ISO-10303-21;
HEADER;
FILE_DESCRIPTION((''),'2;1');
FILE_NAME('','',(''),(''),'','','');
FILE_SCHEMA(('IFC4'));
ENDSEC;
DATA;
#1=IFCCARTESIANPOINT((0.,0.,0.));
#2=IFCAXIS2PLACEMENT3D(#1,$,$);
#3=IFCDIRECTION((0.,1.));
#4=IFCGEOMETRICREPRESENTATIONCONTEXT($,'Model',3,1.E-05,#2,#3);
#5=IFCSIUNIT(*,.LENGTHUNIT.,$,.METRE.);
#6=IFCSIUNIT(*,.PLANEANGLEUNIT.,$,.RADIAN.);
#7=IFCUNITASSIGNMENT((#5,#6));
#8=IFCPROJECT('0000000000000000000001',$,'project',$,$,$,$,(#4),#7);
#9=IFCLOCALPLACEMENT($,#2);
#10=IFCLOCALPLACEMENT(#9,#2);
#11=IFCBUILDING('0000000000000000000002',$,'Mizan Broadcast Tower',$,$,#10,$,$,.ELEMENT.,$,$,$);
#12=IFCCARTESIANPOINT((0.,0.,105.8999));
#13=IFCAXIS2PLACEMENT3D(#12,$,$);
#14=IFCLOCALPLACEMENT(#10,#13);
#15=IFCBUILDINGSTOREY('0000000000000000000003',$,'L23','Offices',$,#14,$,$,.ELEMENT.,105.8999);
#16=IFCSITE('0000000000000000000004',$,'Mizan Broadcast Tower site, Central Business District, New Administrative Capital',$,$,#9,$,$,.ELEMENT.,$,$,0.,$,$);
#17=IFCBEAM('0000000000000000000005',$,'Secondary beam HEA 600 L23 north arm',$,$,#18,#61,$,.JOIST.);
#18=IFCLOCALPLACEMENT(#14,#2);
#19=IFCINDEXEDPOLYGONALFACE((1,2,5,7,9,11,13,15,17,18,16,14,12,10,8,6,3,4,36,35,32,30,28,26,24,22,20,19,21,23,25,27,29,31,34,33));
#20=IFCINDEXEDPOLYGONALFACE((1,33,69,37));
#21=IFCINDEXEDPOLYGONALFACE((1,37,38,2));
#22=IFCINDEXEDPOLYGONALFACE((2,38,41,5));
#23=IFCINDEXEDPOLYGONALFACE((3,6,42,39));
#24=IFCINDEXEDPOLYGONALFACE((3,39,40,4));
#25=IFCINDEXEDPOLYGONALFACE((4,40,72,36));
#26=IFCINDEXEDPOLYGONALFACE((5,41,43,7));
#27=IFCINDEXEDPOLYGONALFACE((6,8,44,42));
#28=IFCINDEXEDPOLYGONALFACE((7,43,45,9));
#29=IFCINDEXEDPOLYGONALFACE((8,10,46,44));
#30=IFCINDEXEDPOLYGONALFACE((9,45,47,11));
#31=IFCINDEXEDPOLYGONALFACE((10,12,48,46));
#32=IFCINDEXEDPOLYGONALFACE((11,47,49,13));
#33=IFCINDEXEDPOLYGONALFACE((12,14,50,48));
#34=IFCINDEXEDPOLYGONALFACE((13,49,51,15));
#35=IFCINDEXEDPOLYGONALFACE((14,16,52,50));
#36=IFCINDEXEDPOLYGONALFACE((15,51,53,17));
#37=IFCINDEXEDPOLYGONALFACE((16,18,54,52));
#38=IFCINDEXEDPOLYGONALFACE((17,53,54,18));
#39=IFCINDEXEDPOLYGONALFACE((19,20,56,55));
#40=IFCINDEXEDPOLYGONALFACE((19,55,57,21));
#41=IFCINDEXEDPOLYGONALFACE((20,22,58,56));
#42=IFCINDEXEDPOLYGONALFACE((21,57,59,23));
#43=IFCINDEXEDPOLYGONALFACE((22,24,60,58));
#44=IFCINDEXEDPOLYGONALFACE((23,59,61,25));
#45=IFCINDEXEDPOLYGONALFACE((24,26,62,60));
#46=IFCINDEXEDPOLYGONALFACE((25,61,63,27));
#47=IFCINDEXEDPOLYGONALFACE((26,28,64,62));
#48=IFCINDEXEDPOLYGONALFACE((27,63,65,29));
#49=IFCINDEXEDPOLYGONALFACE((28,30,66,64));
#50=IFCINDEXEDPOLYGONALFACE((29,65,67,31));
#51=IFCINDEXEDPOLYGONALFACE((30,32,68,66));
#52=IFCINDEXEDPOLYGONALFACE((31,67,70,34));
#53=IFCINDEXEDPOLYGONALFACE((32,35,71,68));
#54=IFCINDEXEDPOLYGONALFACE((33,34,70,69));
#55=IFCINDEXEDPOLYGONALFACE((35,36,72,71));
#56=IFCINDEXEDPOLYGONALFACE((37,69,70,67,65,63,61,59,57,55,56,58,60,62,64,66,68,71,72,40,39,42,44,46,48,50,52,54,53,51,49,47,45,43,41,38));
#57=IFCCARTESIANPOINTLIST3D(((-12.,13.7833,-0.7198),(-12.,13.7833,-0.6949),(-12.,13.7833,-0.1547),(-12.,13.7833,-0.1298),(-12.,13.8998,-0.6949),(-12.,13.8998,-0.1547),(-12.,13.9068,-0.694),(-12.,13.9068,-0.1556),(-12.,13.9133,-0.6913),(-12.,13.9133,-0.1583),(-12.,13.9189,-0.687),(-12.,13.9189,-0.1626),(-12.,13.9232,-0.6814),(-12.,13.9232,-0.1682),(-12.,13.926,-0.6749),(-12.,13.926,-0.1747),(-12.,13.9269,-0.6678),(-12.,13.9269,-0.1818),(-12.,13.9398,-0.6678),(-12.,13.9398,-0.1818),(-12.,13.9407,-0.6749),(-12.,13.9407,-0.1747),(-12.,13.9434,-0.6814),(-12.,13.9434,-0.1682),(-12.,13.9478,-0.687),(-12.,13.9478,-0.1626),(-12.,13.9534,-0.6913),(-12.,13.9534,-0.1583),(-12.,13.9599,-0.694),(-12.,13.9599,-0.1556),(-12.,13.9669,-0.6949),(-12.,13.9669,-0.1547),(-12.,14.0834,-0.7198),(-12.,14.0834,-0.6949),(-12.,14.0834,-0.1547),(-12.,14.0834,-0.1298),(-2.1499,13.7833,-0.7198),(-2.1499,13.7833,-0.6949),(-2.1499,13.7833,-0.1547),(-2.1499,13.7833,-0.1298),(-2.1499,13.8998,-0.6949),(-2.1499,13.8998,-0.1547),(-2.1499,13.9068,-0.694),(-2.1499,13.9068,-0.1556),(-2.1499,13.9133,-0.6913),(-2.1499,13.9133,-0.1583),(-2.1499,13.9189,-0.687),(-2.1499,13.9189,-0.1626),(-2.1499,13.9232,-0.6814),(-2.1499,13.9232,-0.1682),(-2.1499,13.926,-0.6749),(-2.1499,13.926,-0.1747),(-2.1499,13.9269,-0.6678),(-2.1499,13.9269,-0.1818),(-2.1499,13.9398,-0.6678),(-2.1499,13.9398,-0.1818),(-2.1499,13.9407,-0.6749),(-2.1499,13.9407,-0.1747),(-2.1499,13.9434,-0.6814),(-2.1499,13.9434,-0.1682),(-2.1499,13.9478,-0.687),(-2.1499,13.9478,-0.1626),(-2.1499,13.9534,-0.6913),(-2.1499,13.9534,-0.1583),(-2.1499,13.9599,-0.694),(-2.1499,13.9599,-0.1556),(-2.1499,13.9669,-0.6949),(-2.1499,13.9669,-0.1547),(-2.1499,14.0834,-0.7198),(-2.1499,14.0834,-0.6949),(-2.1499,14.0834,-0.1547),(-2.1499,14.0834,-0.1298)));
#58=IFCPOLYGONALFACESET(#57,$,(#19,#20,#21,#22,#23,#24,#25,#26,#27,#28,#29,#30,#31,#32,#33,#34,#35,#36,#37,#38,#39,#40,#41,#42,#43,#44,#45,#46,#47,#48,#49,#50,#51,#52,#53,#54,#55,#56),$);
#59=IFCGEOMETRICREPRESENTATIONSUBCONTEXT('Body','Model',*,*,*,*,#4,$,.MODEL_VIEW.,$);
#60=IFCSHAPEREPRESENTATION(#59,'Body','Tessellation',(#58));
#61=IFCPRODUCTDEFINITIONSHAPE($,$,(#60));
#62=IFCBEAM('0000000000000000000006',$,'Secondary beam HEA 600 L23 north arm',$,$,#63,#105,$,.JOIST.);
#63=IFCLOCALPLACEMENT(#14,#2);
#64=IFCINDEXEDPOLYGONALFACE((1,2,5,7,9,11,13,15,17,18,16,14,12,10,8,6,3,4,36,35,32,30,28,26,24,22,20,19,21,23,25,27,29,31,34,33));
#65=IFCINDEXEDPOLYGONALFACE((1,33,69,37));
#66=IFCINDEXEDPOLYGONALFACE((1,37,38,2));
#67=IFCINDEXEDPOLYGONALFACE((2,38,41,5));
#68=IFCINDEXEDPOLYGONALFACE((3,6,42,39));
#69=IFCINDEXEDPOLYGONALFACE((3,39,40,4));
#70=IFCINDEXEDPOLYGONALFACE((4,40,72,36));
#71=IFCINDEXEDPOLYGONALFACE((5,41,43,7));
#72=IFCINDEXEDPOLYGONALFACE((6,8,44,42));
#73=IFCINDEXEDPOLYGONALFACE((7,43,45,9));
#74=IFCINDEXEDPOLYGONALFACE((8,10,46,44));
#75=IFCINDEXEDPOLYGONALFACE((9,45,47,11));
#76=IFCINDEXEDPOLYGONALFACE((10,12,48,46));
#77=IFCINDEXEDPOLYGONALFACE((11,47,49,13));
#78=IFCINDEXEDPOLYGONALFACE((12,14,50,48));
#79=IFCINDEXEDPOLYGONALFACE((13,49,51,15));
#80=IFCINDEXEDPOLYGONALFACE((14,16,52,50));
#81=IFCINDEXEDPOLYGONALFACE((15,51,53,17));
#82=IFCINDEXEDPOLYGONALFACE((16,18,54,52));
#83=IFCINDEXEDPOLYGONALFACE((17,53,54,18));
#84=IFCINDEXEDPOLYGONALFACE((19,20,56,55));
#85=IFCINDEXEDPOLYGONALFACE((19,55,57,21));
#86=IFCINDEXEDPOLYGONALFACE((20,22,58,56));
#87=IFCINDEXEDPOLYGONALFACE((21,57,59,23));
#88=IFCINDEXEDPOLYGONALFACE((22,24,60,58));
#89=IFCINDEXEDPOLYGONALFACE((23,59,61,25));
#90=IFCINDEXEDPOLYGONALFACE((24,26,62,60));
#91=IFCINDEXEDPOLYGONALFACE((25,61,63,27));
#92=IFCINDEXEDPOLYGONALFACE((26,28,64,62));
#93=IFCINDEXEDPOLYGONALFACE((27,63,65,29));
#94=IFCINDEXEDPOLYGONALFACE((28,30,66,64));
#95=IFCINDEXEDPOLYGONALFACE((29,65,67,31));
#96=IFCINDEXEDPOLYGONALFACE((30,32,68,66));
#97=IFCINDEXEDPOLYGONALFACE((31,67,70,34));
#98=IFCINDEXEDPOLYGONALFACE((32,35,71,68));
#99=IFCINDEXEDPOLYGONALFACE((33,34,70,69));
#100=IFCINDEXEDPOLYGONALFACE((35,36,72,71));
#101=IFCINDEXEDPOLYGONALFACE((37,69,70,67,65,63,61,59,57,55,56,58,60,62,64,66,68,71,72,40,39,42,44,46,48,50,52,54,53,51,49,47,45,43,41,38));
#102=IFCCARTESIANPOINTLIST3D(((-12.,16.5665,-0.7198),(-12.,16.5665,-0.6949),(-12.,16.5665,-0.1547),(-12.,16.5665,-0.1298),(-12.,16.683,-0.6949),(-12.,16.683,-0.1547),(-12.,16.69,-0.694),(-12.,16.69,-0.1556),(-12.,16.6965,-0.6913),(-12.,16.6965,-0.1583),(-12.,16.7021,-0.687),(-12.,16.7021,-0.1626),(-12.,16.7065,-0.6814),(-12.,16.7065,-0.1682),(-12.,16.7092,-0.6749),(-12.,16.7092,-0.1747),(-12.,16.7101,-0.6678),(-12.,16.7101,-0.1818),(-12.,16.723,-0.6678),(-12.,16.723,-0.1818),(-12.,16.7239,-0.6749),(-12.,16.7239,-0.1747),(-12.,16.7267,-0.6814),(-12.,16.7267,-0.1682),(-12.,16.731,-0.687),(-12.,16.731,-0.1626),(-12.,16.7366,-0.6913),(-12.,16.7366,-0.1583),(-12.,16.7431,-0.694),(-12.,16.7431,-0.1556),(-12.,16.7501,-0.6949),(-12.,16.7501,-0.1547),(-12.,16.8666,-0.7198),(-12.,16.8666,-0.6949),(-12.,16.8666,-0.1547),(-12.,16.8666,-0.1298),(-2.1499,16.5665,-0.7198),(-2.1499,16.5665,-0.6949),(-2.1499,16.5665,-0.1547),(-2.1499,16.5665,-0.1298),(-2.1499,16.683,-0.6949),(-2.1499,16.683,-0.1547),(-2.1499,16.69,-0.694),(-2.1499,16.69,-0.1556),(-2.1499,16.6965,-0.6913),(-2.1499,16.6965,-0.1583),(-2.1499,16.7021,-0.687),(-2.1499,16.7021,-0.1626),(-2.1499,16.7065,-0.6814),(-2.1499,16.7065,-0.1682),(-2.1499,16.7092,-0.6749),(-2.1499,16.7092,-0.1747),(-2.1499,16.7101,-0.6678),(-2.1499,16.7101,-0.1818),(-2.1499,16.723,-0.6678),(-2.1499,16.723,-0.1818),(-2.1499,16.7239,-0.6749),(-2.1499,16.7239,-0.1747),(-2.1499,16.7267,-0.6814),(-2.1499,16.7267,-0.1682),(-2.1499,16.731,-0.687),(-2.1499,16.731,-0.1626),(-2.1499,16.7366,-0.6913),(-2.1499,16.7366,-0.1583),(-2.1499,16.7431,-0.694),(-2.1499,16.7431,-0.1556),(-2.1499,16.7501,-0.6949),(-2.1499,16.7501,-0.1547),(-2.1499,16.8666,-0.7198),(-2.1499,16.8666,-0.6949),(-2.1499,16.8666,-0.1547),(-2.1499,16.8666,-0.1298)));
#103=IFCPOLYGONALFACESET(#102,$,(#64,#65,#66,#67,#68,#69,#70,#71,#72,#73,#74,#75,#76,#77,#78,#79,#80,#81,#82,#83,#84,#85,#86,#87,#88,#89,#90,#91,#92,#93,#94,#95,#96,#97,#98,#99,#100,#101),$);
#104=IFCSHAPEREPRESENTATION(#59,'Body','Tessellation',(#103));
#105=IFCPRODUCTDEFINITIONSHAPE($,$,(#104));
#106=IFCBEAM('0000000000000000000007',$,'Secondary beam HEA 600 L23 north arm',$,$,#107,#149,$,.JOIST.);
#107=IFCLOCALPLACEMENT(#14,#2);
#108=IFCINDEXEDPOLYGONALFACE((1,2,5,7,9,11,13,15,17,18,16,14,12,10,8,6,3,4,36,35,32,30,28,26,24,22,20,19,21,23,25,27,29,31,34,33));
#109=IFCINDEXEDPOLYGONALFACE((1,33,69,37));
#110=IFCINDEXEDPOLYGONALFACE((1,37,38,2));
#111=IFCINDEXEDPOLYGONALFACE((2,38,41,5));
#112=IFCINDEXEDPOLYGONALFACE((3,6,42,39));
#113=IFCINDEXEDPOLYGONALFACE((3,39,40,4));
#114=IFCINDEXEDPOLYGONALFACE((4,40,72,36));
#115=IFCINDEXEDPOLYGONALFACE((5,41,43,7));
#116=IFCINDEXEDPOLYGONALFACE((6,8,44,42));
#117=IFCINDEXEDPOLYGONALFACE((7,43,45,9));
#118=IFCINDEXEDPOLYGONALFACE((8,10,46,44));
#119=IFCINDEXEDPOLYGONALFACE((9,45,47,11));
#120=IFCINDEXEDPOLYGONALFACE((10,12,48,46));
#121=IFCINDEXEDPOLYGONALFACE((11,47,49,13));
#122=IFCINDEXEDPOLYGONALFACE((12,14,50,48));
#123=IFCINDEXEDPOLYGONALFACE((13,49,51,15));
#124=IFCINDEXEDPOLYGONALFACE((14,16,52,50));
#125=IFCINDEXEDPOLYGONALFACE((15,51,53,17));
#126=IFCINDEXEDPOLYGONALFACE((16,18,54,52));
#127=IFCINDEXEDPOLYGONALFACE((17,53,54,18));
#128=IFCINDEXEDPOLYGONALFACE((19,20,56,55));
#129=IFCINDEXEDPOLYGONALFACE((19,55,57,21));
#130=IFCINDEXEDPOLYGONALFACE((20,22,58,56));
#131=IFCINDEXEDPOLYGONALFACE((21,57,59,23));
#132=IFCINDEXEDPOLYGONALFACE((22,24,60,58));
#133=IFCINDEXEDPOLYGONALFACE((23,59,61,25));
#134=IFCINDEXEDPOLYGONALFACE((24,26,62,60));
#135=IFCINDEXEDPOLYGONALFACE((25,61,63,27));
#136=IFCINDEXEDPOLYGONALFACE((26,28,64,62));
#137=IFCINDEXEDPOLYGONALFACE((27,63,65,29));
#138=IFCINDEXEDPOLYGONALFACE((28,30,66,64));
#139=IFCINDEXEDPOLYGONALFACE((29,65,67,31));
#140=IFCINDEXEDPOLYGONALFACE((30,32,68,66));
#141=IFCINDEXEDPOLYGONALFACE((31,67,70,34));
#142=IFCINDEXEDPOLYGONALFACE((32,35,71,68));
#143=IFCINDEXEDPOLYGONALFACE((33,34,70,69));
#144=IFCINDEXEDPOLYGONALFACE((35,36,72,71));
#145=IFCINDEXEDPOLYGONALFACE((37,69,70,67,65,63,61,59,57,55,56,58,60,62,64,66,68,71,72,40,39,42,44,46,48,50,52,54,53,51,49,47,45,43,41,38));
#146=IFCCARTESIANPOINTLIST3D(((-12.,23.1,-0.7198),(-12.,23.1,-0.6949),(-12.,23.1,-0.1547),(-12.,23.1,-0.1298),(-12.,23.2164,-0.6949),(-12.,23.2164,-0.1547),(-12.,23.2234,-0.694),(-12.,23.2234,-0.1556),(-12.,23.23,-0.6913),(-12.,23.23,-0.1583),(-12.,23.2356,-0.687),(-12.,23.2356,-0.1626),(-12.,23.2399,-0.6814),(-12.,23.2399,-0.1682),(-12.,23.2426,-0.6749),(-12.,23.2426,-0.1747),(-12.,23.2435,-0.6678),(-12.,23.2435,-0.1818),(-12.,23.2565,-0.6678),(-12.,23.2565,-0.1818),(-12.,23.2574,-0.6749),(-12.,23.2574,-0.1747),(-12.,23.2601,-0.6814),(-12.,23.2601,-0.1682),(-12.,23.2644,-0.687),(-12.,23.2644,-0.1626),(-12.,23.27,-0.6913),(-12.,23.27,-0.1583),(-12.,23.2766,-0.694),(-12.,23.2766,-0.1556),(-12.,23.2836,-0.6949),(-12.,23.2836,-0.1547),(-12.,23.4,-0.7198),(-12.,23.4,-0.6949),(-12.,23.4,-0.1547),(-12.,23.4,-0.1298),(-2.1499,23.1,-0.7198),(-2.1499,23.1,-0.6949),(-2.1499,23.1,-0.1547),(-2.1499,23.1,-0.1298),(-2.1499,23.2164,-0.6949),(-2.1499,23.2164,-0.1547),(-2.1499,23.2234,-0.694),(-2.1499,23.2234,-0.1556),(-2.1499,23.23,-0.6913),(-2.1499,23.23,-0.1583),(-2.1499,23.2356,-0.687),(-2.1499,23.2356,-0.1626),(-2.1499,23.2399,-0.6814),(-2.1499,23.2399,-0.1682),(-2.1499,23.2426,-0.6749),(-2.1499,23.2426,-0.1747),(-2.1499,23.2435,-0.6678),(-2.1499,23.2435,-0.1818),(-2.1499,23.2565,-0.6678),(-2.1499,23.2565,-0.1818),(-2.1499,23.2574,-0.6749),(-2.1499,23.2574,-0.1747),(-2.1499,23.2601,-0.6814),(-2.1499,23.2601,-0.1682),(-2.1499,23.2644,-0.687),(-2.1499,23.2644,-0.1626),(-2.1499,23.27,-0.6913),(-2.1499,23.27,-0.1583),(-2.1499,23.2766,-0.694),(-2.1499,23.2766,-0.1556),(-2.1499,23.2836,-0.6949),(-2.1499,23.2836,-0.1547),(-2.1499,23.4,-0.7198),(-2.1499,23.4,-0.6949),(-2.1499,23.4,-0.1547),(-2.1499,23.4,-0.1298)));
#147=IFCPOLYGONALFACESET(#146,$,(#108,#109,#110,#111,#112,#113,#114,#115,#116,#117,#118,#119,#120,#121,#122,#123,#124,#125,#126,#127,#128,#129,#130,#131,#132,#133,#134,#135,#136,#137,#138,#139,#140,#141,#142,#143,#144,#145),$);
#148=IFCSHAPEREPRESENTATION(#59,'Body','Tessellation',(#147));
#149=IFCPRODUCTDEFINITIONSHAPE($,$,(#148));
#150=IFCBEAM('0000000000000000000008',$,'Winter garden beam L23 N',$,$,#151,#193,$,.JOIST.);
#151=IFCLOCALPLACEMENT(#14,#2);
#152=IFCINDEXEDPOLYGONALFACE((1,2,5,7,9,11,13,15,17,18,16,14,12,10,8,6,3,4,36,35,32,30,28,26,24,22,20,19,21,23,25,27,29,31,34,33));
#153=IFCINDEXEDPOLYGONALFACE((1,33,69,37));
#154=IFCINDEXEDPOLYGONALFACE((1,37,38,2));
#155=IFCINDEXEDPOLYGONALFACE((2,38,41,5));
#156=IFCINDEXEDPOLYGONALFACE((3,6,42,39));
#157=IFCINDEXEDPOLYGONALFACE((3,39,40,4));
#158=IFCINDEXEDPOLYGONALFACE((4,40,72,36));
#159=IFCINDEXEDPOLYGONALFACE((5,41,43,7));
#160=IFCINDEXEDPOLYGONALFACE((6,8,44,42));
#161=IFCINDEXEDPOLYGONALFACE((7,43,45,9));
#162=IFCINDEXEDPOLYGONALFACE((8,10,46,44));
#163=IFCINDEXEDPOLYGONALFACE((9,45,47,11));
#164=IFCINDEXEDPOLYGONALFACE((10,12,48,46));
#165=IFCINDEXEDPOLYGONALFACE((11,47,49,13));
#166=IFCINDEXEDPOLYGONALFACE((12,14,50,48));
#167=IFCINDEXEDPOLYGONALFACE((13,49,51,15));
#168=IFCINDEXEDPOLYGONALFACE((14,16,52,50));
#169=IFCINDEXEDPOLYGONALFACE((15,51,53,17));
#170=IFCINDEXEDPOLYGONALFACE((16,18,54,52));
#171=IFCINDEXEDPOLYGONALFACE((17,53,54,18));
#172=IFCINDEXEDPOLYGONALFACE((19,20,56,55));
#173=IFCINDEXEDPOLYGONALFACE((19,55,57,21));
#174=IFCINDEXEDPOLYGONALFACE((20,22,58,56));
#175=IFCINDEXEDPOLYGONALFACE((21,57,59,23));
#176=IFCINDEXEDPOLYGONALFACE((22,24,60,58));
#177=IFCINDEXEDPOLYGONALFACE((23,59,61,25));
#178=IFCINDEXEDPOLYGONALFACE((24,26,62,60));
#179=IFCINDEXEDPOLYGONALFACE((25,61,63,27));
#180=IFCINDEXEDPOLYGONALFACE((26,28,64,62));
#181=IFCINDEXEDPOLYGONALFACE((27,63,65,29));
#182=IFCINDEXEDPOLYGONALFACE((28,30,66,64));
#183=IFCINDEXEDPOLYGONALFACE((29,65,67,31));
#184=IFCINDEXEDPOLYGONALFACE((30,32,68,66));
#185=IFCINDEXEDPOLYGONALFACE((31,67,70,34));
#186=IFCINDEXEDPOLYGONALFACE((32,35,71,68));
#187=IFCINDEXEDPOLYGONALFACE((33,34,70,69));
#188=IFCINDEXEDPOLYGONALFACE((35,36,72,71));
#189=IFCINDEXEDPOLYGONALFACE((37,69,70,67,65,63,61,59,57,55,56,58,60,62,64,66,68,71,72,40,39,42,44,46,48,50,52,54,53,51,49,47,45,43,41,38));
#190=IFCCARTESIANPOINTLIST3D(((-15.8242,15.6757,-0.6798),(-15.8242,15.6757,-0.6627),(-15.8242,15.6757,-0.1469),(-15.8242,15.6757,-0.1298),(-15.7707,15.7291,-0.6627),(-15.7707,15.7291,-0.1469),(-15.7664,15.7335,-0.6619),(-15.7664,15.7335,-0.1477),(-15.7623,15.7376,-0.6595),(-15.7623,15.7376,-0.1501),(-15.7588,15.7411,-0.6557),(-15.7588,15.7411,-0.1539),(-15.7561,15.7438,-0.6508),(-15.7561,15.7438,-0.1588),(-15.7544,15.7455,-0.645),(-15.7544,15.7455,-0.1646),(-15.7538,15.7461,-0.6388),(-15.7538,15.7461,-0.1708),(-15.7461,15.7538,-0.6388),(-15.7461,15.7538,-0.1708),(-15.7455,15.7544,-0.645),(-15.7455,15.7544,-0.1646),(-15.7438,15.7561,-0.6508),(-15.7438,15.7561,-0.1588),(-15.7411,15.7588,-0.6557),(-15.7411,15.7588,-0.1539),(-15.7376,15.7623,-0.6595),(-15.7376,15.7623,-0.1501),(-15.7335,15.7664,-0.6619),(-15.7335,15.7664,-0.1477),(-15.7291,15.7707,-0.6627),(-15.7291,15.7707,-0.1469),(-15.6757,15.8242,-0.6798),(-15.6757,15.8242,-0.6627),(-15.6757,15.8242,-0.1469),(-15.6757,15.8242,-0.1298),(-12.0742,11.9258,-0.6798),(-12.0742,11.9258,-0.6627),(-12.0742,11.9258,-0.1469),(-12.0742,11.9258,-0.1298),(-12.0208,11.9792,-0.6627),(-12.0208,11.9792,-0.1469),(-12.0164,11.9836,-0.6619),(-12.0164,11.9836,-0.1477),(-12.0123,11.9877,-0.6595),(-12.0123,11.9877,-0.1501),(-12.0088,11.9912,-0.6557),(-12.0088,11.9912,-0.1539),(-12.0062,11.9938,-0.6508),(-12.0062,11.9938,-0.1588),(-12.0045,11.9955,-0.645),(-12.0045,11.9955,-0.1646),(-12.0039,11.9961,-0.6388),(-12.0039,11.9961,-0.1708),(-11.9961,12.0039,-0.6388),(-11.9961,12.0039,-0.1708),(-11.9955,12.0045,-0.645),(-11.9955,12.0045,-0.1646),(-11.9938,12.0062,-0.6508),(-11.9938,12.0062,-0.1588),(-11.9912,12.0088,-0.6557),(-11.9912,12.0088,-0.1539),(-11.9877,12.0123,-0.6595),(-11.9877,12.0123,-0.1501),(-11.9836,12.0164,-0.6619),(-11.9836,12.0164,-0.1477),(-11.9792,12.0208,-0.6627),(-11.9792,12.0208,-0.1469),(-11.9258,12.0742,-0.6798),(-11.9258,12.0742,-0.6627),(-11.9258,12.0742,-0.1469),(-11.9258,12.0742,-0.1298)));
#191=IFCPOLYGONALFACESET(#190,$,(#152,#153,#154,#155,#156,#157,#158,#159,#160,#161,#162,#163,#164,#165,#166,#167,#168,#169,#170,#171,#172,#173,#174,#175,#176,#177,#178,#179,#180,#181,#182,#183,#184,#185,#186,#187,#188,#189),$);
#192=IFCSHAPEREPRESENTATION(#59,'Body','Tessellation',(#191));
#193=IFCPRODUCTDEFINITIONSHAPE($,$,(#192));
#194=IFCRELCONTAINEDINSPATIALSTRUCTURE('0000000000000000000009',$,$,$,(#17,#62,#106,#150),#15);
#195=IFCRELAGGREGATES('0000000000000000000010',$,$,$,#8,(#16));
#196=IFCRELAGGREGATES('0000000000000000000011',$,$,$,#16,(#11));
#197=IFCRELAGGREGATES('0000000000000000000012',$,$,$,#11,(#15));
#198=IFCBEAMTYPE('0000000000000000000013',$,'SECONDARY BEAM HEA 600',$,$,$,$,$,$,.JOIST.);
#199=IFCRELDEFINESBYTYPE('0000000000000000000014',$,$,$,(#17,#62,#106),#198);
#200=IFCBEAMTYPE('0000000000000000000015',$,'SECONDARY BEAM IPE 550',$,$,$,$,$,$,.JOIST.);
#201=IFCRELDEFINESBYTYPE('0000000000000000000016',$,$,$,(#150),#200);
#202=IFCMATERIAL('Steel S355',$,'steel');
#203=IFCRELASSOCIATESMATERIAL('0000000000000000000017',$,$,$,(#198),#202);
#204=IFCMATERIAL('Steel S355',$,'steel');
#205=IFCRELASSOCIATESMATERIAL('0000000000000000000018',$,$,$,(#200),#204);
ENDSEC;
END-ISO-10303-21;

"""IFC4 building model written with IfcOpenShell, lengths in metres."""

from ifc_helpers import new_model, si_unit, direction, frame, origin, origin_2d, place, context, subcontext, project, spatial, i_section, extrude, material, material_profile, profile_set, type_object, element, save


model = new_model("IFC4")

# Units and contexts
model_context = context("Model", 3, precision=1e-05, world=origin(), true_north=direction((0.0, 1.0)))
body_context = subcontext(model_context, "Body", "Model", "MODEL_VIEW")
ifc_project = project(units=[si_unit("LENGTHUNIT", "METRE"), si_unit("PLANEANGLEUNIT", "RADIAN")], contexts=[model_context])

# Site, building, storey
site_placement = place(None, origin())
site = spatial("IfcSite", under=ifc_project, at=site_placement, Name="Mizan Broadcast Tower site, Central Business District, New Administrative Capital", CompositionType="ELEMENT", RefElevation=0.0)
building_placement = place(site_placement, origin())
building = spatial("IfcBuilding", under=site, at=building_placement, Name="Mizan Broadcast Tower", CompositionType="ELEMENT")
storey_placement = place(building_placement, frame((0.0, 0.0, 105.8999)))
storey = spatial("IfcBuildingStorey", under=building, at=storey_placement, Name="L23", Description="Offices", CompositionType="ELEMENT", Elevation=105.8999)

# Beams
ifc_material_1 = material(Name="Steel S355", Category="steel")
ifc_material_profile_1 = material_profile(ifc_material_1, i_section(OverallWidth=0.3, OverallDepth=0.5901, WebThickness=0.0129, FlangeThickness=0.0249, FilletRadius=0.0271, at=origin_2d()), Name="HEA 600")
ifc_profile_set_1 = profile_set([ifc_material_profile_1], Name="Steel S355")
beam_type_1 = type_object("IfcBeamType", Name="SECONDARY BEAM HEA 600", PredefinedType="JOIST", material=ifc_profile_set_1)
for number, where, z_axis, x_axis, name in (
    (1, (-12.0, 13.9333, -0.4248), (1.0, 0.0, 0.0), (0.0, 1.0, 0.0), "Secondary beam HEA 600 L23 north arm"),
    (2, (-12.0, 16.7166, -0.4248), (1.0, 0.0, 0.0), (0.0, 1.0, 0.0), "Secondary beam HEA 600 L23 north arm"),
    (3, (-12.0, 23.25, -0.4248), (1.0, 0.0, 0.0), (0.0, 1.0, 0.0), "Secondary beam HEA 600 L23 north arm"),
):
    element("IfcBeam", number, at=place(storey_placement, frame(where, z_axis=z_axis, x_axis=x_axis)), inside=storey, type_object=beam_type_1, Name=name, PredefinedType="JOIST", context=body_context, shape_type="SweptSolid", body=[
        extrude(i_section(OverallWidth=0.3, OverallDepth=0.5901, WebThickness=0.0129, FlangeThickness=0.0249, FilletRadius=0.0271, at=origin_2d()), origin(), (0.0, 0.0, 1.0), 9.8501),
    ])
ifc_material_2 = material(Name="Steel S355", Category="steel")
ifc_material_profile_2 = material_profile(ifc_material_2, i_section(OverallWidth=0.21, OverallDepth=0.55, WebThickness=0.011, FlangeThickness=0.0171, FilletRadius=0.0239, at=origin_2d()), Name="IPE 550")
ifc_profile_set_2 = profile_set([ifc_material_profile_2], Name="Steel S355")
beam_type_2 = type_object("IfcBeamType", Name="SECONDARY BEAM IPE 550", PredefinedType="JOIST", material=ifc_profile_set_2)
beam_1_placement = place(storey_placement, frame((-12.0, 12.0, -0.4048), z_axis=(-0.707107, 0.707107, 0.0), x_axis=(-0.707107, -0.707107, 0.0)))
element("IfcBeam", 4, at=beam_1_placement, inside=storey, type_object=beam_type_2, Name="Winter garden beam L23 N", PredefinedType="JOIST", context=body_context, shape_type="SweptSolid", body=[
    extrude(i_section(OverallWidth=0.21, OverallDepth=0.55, WebThickness=0.011, FlangeThickness=0.0171, FilletRadius=0.0239, at=origin_2d()), origin(), (0.0, 0.0, 1.0), 5.3032),
])

save(model, "model.ifc")
